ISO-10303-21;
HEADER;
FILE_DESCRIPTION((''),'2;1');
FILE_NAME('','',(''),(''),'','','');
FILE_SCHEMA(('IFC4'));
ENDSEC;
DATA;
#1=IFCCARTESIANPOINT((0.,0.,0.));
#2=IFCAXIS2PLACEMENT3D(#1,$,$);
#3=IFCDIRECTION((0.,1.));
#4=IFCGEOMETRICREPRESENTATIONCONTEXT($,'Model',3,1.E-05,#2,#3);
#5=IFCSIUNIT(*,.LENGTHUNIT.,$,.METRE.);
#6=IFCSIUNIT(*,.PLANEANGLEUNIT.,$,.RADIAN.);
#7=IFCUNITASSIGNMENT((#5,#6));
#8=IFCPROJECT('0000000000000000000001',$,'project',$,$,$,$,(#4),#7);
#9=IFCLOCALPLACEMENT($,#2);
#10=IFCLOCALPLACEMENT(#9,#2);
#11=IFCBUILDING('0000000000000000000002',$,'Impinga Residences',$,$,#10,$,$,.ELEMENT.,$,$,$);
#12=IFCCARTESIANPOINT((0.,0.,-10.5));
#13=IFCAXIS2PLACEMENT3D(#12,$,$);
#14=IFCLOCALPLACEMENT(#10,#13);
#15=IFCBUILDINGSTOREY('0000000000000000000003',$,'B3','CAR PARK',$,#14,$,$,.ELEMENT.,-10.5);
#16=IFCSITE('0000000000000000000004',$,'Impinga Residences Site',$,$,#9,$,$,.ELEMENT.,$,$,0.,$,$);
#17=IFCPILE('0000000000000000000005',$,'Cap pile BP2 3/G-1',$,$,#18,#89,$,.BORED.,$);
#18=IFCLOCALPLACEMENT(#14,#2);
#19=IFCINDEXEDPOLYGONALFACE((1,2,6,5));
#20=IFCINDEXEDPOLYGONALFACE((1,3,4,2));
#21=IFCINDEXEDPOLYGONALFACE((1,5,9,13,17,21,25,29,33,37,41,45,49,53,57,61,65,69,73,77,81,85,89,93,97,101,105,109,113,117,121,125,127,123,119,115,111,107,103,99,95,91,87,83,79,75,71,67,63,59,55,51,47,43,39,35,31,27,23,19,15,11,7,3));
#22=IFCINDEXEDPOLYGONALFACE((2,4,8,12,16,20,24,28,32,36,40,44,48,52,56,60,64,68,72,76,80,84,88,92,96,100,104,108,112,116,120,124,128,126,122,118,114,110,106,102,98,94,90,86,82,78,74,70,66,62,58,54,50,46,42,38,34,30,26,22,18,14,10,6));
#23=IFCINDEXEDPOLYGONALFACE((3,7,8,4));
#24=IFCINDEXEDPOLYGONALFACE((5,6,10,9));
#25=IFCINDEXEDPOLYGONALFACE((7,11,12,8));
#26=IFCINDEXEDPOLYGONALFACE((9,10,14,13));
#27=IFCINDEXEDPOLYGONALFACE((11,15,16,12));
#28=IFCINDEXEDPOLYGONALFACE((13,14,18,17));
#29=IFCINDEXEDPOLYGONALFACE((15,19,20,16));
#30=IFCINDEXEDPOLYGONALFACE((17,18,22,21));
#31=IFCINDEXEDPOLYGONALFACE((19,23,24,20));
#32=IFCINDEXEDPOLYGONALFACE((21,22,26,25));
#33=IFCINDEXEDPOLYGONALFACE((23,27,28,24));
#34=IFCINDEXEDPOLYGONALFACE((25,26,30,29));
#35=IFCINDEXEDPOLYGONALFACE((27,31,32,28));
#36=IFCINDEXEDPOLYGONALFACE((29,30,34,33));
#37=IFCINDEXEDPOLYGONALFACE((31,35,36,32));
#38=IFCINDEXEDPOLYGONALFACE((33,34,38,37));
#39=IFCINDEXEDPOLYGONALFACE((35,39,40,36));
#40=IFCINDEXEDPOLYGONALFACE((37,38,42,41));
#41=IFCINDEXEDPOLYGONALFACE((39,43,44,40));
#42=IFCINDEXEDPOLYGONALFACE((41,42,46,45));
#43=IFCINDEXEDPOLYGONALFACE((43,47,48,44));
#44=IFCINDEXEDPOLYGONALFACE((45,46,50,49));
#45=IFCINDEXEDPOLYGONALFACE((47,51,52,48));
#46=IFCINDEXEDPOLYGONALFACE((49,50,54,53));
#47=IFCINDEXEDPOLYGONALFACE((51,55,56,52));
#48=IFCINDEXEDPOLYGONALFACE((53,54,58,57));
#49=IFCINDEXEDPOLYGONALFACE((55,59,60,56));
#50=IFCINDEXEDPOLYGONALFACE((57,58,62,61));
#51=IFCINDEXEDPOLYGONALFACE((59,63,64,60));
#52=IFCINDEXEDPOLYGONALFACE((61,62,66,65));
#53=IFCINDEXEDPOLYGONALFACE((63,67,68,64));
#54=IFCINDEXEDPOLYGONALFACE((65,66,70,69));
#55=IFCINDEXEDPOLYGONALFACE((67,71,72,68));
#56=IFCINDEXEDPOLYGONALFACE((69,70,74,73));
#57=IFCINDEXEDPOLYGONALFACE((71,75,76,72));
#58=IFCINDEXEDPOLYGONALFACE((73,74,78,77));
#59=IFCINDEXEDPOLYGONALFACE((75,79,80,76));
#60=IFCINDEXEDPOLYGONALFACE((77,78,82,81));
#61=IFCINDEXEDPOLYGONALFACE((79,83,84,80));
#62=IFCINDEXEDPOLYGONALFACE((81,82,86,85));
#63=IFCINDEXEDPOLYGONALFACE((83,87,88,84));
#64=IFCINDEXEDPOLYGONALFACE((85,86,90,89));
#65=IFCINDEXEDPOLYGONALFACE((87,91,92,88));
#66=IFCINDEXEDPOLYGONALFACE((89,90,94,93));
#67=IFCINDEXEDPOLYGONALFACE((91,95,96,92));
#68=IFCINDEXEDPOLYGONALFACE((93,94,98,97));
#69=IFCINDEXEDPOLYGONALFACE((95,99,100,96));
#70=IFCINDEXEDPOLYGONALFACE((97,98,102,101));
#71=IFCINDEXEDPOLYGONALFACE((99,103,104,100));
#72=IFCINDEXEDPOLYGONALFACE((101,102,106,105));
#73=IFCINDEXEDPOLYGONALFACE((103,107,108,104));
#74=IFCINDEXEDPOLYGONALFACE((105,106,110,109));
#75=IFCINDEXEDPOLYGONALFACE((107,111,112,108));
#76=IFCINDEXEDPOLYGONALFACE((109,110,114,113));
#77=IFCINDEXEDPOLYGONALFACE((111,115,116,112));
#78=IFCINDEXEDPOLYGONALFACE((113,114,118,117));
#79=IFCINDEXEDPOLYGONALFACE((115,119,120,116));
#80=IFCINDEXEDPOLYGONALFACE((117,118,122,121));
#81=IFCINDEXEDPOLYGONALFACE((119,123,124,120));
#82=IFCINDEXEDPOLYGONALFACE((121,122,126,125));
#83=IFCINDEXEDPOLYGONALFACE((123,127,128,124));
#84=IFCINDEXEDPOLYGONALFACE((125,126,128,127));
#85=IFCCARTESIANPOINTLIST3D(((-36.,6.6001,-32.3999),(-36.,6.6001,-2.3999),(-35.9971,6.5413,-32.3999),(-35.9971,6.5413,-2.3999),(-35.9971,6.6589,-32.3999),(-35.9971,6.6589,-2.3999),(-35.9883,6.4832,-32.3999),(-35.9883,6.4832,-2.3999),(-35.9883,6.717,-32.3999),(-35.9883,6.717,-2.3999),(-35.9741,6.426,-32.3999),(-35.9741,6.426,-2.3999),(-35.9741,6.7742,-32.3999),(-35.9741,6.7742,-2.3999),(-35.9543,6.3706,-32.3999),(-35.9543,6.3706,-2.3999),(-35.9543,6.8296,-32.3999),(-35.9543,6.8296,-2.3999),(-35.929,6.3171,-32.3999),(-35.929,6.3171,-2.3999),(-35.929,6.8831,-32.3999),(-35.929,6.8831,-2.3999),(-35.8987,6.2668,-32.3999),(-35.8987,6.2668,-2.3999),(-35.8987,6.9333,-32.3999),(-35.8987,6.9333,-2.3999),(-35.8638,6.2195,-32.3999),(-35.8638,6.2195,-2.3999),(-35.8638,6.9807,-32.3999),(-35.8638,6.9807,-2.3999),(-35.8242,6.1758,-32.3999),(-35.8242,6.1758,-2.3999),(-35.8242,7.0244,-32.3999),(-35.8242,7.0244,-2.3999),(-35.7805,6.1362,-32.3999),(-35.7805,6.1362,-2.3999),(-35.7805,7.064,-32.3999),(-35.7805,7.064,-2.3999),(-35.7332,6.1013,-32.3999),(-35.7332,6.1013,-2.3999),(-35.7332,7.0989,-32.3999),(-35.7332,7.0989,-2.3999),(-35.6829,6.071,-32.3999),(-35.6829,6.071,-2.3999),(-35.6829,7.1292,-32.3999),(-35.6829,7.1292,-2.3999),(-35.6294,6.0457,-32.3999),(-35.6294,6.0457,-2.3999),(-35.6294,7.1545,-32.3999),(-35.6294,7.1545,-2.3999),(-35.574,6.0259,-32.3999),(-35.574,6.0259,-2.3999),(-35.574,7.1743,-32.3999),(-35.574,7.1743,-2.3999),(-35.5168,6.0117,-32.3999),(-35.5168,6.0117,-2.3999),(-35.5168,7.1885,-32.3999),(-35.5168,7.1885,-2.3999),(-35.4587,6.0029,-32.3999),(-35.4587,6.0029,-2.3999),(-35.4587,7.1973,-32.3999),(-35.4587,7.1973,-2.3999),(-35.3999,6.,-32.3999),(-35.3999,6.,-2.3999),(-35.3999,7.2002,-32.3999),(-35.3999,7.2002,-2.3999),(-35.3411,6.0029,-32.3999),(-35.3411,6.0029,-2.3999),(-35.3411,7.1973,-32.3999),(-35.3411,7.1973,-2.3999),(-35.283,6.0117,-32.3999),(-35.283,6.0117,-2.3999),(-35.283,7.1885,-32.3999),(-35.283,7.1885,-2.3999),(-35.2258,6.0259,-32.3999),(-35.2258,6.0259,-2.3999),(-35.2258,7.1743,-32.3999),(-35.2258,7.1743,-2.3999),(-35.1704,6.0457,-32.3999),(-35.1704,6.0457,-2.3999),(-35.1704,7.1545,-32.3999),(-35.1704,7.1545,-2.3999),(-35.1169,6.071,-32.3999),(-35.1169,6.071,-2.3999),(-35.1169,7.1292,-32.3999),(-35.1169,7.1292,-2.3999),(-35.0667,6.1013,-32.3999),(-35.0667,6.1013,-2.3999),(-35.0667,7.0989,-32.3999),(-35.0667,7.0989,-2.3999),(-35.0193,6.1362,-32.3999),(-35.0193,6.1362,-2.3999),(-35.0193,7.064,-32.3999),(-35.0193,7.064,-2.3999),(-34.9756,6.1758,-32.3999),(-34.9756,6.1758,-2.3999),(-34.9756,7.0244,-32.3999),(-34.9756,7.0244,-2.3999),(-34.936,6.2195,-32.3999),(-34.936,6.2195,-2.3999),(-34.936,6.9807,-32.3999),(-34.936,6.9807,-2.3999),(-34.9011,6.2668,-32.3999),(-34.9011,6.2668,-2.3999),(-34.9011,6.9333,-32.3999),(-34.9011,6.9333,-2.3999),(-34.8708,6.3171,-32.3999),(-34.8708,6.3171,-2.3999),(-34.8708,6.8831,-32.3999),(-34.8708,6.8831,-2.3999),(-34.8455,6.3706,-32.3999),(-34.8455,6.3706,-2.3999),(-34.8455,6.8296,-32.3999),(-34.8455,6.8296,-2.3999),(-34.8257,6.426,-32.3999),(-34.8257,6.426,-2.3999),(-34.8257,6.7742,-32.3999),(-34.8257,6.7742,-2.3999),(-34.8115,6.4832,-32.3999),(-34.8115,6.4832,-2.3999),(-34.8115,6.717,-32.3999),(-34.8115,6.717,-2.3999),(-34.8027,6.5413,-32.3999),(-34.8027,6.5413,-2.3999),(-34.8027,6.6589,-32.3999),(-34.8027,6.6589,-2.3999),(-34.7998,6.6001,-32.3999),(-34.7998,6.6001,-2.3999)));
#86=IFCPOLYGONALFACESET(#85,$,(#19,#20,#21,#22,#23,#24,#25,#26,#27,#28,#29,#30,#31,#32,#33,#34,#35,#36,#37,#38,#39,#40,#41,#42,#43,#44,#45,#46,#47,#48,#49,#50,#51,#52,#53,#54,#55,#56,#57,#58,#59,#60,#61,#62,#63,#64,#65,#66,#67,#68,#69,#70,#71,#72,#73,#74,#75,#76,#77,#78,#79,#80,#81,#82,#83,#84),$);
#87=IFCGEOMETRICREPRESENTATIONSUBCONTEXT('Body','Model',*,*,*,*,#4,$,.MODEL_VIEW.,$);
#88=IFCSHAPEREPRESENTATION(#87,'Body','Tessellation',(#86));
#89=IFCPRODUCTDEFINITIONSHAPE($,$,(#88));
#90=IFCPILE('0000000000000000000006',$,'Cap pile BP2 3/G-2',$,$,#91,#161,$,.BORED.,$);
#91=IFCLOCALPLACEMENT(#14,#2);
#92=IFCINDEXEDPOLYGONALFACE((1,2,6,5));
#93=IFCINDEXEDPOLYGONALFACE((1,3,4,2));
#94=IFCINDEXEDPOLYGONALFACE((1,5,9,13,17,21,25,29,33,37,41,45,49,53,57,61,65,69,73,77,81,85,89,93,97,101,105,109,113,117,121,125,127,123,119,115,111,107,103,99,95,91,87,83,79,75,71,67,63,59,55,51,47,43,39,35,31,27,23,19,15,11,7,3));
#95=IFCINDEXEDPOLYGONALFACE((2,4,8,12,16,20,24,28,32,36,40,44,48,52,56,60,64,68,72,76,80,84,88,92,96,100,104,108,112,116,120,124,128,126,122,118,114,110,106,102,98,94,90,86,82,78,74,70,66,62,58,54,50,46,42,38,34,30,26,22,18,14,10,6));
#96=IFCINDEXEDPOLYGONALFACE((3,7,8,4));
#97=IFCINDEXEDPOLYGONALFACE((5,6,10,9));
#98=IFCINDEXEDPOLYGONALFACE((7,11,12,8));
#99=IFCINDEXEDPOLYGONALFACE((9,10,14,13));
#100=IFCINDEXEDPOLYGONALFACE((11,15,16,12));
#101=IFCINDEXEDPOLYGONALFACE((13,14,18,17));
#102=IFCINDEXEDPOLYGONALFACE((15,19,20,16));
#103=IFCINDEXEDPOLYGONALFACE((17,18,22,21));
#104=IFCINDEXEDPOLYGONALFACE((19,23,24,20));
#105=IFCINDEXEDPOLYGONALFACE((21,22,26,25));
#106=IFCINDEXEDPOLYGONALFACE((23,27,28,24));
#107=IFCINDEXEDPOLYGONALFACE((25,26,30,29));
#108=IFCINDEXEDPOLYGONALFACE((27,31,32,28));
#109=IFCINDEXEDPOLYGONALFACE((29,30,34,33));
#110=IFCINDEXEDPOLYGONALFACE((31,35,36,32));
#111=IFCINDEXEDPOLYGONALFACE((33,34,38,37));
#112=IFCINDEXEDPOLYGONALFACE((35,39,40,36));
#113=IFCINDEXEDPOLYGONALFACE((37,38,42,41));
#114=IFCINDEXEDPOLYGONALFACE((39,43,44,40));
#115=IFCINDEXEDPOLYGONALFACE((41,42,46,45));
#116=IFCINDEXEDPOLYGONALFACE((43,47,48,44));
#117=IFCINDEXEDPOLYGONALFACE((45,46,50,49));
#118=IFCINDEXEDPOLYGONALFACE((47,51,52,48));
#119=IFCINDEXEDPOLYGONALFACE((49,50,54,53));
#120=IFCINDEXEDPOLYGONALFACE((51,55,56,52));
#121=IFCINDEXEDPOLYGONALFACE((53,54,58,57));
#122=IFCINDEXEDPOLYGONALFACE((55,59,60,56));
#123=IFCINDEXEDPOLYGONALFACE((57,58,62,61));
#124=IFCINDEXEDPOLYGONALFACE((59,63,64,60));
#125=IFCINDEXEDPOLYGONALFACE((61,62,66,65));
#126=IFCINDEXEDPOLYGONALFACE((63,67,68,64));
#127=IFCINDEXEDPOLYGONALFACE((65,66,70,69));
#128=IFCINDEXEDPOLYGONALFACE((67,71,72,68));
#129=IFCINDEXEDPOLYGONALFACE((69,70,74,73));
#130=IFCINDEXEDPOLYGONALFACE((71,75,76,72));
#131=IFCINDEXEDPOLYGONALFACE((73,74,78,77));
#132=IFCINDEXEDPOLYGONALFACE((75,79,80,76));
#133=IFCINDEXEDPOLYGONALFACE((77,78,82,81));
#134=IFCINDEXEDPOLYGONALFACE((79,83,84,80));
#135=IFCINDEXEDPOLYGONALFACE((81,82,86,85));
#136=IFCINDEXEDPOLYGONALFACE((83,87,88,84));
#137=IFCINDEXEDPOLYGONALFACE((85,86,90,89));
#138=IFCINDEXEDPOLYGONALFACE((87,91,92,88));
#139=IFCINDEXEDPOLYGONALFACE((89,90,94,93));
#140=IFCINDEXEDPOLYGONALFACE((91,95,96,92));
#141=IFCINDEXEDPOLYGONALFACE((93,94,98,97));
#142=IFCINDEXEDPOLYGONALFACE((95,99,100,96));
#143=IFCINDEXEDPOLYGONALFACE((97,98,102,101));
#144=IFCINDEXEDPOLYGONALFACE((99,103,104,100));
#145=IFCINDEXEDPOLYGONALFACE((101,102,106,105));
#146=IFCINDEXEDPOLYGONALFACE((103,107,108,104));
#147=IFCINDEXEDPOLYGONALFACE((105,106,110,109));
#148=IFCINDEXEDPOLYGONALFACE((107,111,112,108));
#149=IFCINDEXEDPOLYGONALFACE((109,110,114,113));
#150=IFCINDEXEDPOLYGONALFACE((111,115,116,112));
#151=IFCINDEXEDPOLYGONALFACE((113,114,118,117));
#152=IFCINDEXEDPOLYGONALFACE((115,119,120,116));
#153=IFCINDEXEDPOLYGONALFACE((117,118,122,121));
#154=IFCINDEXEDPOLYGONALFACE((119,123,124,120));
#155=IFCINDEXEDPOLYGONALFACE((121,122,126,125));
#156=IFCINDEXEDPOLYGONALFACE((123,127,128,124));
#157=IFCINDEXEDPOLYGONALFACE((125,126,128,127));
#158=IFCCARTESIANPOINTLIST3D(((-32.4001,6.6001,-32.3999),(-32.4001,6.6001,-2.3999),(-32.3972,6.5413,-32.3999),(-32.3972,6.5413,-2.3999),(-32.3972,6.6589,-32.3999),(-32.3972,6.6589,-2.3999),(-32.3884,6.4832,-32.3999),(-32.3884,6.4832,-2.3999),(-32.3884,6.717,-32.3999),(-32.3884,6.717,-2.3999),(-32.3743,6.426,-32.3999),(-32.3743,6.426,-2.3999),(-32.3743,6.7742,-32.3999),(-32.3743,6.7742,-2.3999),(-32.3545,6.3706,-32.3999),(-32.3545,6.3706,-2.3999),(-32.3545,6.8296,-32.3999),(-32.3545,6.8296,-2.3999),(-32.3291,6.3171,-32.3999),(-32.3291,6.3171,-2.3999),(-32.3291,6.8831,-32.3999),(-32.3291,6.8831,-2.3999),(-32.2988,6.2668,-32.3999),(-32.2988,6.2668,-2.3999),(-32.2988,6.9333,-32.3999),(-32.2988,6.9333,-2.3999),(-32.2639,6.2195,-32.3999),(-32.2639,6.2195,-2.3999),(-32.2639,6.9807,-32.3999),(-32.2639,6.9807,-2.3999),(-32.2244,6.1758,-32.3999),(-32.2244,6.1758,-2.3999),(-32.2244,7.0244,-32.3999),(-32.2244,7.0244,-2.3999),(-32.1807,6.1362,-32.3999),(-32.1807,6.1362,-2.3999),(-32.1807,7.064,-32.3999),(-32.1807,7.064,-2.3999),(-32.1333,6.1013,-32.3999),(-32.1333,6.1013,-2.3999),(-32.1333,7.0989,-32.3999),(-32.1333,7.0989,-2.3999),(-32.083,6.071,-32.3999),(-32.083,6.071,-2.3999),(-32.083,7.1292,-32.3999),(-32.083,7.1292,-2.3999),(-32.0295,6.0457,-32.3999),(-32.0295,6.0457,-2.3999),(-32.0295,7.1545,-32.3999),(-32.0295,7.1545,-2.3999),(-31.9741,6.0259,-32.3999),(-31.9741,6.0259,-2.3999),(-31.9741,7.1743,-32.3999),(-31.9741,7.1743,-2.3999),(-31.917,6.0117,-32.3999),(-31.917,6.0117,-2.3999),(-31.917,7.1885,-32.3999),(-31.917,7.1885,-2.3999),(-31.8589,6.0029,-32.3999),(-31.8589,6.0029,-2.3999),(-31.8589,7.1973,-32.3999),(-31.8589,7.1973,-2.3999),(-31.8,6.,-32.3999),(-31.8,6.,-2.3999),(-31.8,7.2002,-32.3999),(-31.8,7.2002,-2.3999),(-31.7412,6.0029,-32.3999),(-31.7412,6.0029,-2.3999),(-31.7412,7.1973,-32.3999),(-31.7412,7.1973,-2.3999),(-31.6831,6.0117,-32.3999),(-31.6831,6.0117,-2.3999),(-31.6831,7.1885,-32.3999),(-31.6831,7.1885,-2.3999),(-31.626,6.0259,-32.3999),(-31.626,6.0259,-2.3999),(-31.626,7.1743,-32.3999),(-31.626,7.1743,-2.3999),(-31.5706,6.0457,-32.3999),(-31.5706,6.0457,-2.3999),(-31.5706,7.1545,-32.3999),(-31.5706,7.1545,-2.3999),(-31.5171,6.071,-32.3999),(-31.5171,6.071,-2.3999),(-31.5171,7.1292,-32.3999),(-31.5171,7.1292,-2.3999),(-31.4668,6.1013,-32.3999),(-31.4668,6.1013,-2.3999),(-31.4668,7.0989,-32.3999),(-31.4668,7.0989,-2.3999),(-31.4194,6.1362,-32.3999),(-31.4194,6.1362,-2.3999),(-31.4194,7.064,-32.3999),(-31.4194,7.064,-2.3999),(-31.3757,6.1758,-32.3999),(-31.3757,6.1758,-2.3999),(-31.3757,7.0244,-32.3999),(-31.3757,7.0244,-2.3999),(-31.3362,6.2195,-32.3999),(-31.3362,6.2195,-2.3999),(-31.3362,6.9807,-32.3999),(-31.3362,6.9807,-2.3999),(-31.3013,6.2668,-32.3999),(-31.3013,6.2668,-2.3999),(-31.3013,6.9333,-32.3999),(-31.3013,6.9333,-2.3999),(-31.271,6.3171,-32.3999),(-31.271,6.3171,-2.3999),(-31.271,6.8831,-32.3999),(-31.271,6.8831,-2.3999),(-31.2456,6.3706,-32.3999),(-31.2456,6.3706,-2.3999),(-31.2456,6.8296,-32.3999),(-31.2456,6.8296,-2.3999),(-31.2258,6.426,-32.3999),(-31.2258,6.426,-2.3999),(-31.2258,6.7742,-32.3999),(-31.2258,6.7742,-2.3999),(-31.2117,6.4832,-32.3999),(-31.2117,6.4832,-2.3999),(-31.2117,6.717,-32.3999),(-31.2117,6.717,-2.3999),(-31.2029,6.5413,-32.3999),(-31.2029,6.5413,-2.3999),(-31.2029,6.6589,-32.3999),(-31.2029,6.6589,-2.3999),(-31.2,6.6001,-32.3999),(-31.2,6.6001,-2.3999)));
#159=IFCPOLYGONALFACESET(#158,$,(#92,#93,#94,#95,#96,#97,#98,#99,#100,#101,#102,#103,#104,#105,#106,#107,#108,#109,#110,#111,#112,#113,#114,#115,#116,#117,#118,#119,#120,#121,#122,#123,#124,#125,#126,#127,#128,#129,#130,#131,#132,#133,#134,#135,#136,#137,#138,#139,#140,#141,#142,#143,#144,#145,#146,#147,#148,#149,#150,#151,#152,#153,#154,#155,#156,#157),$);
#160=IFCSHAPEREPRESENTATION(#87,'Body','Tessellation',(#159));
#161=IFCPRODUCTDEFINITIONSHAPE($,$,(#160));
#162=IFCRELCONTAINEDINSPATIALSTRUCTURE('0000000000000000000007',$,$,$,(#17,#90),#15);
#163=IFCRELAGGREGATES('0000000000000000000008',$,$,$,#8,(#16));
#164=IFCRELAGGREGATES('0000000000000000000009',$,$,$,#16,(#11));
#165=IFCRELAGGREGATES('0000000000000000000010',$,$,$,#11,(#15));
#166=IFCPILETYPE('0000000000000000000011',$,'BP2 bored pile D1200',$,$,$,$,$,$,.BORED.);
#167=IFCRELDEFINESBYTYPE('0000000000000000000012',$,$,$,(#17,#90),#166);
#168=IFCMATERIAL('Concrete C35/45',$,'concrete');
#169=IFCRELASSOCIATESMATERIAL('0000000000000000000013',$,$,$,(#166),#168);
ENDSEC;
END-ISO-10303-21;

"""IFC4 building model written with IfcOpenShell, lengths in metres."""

from ifc_helpers import new_model, si_unit, direction, frame, origin, origin_2d, place, context, subcontext, project, spatial, polyline, circle, outline, extrude, material, material_profile, profile_set, type_object, element, save


model = new_model("IFC4")

# Units and contexts
model_context = context("Model", 3, precision=1e-05, world=origin(), true_north=direction((0.0, 1.0)))
body_context = subcontext(model_context, "Body", "Model", "MODEL_VIEW")
ifc_project = project(units=[si_unit("LENGTHUNIT", "METRE"), si_unit("PLANEANGLEUNIT", "RADIAN")], contexts=[model_context])

# Site, building, storey
site_placement = place(None, origin())
site = spatial("IfcSite", under=ifc_project, at=site_placement, Name="Impinga Residences Site", CompositionType="ELEMENT", RefElevation=0.0)
building_placement = place(site_placement, origin())
building = spatial("IfcBuilding", under=site, at=building_placement, Name="Impinga Residences", CompositionType="ELEMENT")
storey_placement = place(building_placement, frame((0.0, 0.0, -10.5)))
storey = spatial("IfcBuildingStorey", under=building, at=storey_placement, Name="B3", Description="CAR PARK", CompositionType="ELEMENT", Elevation=-10.5)

# Piles
ifc_material_1 = material(Name="Concrete C35/45", Category="concrete")
ifc_material_profile_1 = material_profile(ifc_material_1, circle(Radius=0.6001, at=origin_2d()), Name="D1200")
ifc_profile_set_1 = profile_set([ifc_material_profile_1], Name="Concrete C35/45")
pile_type = type_object("IfcPileType", Name="BP2 bored pile D1200", PredefinedType="BORED", material=ifc_profile_set_1)
pile_1_placement = place(storey_placement, frame((-35.3999, 6.6001, -2.3999), z_axis=(0.0, 0.0, -1.0), x_axis=(1.0, 0.0, 0.0)))
element("IfcPile", 1, at=pile_1_placement, inside=storey, type_object=pile_type, Name="Cap pile BP2 3/G-1", PredefinedType="BORED", context=body_context, shape_type="SweptSolid", body=[
    extrude(outline(polyline([(0.6001, 0.0), (0.5972, 0.0588), (0.5884, 0.1169), (0.5742, 0.1741), (0.5544, 0.2295), (0.5291, 0.283), (0.4988, 0.3333), (0.4639, 0.3806), (0.4243, 0.4243), (0.3806, 0.4639), (0.3333, 0.4988), (0.283, 0.5291), (0.2295, 0.5544), (0.1741, 0.5742), (0.1169, 0.5884), (0.0588, 0.5972), (0.0, 0.6001), (-0.0588, 0.5972), (-0.1169, 0.5884), (-0.1741, 0.5742), (-0.2295, 0.5544), (-0.283, 0.5291), (-0.3333, 0.4988), (-0.3806, 0.4639), (-0.4243, 0.4243), (-0.4639, 0.3806), (-0.4988, 0.3333), (-0.5291, 0.283), (-0.5544, 0.2295), (-0.5742, 0.1741), (-0.5884, 0.1169), (-0.5972, 0.0588), (-0.6001, 0.0), (-0.5972, -0.0588), (-0.5884, -0.1169), (-0.5742, -0.1741), (-0.5544, -0.2295), (-0.5291, -0.283), (-0.4988, -0.3333), (-0.4639, -0.3806), (-0.4243, -0.4243), (-0.3806, -0.4639), (-0.3333, -0.4988), (-0.283, -0.5291), (-0.2295, -0.5544), (-0.1741, -0.5742), (-0.1169, -0.5884), (-0.0588, -0.5972), (0.0, -0.6001), (0.0588, -0.5972), (0.1169, -0.5884), (0.1741, -0.5742), (0.2295, -0.5544), (0.283, -0.5291), (0.3333, -0.4988), (0.3806, -0.4639), (0.4243, -0.4243), (0.4639, -0.3806), (0.4988, -0.3333), (0.5291, -0.283), (0.5544, -0.2295), (0.5742, -0.1741), (0.5884, -0.1169), (0.5972, -0.0588), (0.6001, 0.0)])), origin(), (0.0, 0.0, 1.0), 30.0),
])
pile_2_placement = place(storey_placement, frame((-31.8, 6.6001, -2.3999), z_axis=(0.0, 0.0, -1.0), x_axis=(1.0, 0.0, 0.0)))
element("IfcPile", 2, at=pile_2_placement, inside=storey, type_object=pile_type, Name="Cap pile BP2 3/G-2", PredefinedType="BORED", context=body_context, shape_type="SweptSolid", body=[
    extrude(outline(polyline([(0.6001, 0.0), (0.5972, 0.0588), (0.5884, 0.1169), (0.5742, 0.1741), (0.5544, 0.2295), (0.5291, 0.283), (0.4988, 0.3333), (0.4639, 0.3806), (0.4243, 0.4243), (0.3806, 0.4639), (0.3333, 0.4988), (0.283, 0.5291), (0.2295, 0.5544), (0.1741, 0.5742), (0.1169, 0.5884), (0.0588, 0.5972), (0.0, 0.6001), (-0.0588, 0.5972), (-0.1169, 0.5884), (-0.1741, 0.5742), (-0.2295, 0.5544), (-0.283, 0.5291), (-0.3333, 0.4988), (-0.3806, 0.4639), (-0.4243, 0.4243), (-0.4639, 0.3806), (-0.4988, 0.3333), (-0.5291, 0.283), (-0.5544, 0.2295), (-0.5742, 0.1741), (-0.5884, 0.1169), (-0.5972, 0.0588), (-0.6001, 0.0), (-0.5972, -0.0588), (-0.5884, -0.1169), (-0.5742, -0.1741), (-0.5544, -0.2295), (-0.5291, -0.283), (-0.4988, -0.3333), (-0.4639, -0.3806), (-0.4243, -0.4243), (-0.3806, -0.4639), (-0.3333, -0.4988), (-0.283, -0.5291), (-0.2295, -0.5544), (-0.1741, -0.5742), (-0.1169, -0.5884), (-0.0588, -0.5972), (0.0, -0.6001), (0.0588, -0.5972), (0.1169, -0.5884), (0.1741, -0.5742), (0.2295, -0.5544), (0.283, -0.5291), (0.3333, -0.4988), (0.3806, -0.4639), (0.4243, -0.4243), (0.4639, -0.3806), (0.4988, -0.3333), (0.5291, -0.283), (0.5544, -0.2295), (0.5742, -0.1741), (0.5884, -0.1169), (0.5972, -0.0588), (0.6001, 0.0)])), origin(), (0.0, 0.0, 1.0), 30.0),
])

save(model, "model.ifc")
